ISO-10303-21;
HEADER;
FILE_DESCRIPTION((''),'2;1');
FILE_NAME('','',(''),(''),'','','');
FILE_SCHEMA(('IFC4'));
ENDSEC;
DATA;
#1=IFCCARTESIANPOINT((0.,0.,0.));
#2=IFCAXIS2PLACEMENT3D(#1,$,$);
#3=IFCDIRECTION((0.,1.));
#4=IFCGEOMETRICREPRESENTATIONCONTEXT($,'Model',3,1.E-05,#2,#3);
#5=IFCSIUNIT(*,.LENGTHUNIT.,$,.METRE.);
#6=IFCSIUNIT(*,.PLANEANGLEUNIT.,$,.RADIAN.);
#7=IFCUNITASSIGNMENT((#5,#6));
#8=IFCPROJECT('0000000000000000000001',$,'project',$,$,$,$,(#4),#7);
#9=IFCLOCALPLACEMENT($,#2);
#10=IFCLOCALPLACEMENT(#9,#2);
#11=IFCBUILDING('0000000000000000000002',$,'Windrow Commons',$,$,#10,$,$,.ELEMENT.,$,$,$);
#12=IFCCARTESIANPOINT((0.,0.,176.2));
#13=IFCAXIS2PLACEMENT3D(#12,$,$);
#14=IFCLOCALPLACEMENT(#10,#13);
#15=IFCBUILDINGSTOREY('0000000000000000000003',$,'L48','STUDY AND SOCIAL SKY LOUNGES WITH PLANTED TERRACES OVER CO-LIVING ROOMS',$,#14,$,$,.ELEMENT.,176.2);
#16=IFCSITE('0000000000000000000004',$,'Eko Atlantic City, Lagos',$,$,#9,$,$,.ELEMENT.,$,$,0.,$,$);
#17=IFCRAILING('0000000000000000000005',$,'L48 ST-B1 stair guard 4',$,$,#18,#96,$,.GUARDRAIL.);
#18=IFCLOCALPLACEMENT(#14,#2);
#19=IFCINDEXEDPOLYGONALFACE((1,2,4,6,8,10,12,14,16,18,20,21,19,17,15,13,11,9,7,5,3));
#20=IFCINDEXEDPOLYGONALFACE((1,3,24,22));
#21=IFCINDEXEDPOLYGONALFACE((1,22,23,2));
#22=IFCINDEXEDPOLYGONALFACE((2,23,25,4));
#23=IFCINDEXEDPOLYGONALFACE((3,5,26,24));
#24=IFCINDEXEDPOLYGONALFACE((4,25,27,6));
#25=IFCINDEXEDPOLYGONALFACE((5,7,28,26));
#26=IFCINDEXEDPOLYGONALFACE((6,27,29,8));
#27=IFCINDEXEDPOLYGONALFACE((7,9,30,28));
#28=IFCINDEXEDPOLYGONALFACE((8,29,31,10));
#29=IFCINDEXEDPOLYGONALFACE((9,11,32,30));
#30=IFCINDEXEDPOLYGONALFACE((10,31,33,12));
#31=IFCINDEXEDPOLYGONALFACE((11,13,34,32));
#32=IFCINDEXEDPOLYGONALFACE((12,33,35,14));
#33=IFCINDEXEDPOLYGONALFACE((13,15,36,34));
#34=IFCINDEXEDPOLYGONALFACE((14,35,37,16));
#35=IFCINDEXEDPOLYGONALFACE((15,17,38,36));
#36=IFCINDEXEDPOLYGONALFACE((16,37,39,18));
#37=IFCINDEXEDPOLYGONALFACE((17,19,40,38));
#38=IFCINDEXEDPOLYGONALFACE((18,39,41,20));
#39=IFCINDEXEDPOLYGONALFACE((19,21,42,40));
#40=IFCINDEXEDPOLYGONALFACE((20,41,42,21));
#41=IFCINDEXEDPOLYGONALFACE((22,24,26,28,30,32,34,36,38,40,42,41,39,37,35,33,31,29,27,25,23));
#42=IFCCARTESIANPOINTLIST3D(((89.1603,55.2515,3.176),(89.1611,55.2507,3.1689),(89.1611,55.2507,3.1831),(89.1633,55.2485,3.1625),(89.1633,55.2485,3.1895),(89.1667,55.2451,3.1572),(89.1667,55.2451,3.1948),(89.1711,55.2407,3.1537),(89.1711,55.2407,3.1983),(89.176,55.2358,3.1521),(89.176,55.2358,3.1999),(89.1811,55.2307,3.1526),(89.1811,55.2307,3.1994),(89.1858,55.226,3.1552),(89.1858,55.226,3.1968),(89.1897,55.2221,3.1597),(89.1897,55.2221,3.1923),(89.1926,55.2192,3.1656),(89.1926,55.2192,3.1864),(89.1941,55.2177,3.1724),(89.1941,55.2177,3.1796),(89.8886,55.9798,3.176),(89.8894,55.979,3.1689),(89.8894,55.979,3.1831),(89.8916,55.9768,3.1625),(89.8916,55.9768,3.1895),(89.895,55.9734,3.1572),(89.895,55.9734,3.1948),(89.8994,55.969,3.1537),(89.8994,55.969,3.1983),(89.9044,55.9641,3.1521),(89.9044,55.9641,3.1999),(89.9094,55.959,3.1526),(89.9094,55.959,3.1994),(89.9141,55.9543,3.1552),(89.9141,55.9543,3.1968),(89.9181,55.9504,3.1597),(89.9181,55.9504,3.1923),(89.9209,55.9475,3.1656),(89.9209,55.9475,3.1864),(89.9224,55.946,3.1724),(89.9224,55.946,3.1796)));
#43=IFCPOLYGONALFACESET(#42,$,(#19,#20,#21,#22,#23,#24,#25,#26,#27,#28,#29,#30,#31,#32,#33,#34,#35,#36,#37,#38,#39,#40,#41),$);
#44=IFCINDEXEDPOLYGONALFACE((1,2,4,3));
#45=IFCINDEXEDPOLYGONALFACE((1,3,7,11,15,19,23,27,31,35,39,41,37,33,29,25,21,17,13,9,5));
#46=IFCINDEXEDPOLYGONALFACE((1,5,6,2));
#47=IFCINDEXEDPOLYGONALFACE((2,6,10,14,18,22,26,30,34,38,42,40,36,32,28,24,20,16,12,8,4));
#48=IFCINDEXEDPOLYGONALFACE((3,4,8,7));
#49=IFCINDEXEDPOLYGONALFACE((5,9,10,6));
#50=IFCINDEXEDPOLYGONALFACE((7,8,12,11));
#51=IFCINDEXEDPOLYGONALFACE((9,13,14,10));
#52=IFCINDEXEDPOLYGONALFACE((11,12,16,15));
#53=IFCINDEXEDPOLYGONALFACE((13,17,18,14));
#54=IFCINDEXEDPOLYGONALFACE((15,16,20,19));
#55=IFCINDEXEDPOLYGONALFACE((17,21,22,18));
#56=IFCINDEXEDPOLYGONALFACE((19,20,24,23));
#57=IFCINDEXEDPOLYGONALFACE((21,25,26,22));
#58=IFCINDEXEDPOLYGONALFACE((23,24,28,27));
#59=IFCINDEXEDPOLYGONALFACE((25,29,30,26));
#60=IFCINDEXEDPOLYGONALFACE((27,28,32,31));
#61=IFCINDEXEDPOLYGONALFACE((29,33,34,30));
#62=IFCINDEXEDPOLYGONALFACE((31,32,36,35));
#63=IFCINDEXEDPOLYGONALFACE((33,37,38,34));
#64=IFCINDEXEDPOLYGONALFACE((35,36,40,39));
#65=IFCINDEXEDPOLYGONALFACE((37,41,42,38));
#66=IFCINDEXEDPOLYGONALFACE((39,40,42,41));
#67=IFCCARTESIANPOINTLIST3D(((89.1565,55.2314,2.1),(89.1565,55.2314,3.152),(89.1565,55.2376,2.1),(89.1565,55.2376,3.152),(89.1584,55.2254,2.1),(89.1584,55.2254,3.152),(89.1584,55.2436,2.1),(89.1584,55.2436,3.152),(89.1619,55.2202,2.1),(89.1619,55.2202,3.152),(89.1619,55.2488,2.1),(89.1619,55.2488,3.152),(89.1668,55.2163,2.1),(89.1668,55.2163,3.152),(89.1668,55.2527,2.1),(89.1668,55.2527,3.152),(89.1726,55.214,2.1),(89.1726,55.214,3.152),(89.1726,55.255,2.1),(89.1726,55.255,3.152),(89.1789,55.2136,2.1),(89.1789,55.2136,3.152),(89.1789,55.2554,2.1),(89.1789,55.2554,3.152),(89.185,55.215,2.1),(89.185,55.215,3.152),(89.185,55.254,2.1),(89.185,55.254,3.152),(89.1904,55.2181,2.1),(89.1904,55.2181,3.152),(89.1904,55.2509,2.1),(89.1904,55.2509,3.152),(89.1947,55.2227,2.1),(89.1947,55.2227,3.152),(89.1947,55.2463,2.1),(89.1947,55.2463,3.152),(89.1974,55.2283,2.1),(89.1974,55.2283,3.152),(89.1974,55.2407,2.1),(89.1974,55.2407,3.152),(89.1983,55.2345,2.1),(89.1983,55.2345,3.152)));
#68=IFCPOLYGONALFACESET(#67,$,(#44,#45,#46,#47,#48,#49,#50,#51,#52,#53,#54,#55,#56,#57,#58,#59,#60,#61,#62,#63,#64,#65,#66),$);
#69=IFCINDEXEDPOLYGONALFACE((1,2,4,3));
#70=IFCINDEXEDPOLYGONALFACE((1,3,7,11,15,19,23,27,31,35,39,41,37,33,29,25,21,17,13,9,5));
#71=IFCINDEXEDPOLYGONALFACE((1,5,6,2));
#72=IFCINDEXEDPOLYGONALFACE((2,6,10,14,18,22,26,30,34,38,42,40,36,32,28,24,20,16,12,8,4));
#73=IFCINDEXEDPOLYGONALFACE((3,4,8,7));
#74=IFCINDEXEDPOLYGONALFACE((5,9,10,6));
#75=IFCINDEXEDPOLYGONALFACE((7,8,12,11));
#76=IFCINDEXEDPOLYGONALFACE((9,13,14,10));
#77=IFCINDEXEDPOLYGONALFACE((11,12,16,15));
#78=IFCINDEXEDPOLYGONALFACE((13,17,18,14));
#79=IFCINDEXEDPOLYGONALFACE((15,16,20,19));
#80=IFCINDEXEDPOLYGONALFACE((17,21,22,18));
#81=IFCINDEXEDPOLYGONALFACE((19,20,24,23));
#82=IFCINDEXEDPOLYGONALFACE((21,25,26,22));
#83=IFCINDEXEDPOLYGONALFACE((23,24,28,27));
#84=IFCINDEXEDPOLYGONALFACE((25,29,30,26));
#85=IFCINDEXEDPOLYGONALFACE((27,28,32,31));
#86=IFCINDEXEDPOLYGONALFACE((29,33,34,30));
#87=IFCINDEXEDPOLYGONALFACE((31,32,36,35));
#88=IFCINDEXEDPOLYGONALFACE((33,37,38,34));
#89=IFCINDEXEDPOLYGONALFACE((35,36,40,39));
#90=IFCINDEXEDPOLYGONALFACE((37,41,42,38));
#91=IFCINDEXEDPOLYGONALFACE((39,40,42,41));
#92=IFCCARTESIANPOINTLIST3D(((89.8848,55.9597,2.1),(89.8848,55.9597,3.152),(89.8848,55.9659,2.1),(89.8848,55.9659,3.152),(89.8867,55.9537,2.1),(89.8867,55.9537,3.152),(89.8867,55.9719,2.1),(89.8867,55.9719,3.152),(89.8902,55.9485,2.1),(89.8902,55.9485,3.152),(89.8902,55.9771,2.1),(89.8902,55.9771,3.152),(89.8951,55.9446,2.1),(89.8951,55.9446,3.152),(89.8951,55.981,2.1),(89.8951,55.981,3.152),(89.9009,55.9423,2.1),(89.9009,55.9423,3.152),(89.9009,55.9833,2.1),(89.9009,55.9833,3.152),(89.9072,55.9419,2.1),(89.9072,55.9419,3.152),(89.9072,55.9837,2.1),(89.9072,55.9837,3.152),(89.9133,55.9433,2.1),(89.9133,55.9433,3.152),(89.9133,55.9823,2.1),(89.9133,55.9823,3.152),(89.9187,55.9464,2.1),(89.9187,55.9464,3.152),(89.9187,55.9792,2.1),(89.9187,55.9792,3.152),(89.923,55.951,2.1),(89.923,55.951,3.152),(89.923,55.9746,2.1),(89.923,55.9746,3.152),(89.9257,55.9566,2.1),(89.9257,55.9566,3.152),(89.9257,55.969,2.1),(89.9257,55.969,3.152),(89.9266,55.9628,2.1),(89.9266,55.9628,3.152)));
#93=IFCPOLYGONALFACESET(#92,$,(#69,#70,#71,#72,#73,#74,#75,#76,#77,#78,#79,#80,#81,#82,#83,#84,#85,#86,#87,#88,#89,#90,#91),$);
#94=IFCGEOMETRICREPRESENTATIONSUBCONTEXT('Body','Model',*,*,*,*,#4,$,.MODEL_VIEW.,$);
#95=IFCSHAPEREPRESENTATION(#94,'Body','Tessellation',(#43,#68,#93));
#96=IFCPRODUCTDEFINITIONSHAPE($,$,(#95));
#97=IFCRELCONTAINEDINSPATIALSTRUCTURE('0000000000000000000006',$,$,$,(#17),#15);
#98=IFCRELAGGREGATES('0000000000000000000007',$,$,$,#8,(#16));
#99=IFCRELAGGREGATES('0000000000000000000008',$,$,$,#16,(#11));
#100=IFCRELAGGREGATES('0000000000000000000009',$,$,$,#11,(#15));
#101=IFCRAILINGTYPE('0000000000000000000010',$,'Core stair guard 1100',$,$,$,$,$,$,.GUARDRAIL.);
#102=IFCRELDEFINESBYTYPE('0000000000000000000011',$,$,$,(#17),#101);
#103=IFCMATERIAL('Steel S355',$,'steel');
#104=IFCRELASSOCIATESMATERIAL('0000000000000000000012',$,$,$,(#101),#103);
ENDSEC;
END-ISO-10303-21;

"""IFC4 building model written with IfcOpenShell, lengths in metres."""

from ifc_helpers import new_model, si_unit, direction, frame, origin, origin_2d, place, context, subcontext, project, spatial, circle, extrude, material, type_object, element, save


model = new_model("IFC4")

# Units and contexts
model_context = context("Model", 3, precision=1e-05, world=origin(), true_north=direction((0.0, 1.0)))
body_context = subcontext(model_context, "Body", "Model", "MODEL_VIEW")
ifc_project = project(units=[si_unit("LENGTHUNIT", "METRE"), si_unit("PLANEANGLEUNIT", "RADIAN")], contexts=[model_context])

# Site, building, storey
site_placement = place(None, origin())
site = spatial("IfcSite", under=ifc_project, at=site_placement, Name="Eko Atlantic City, Lagos", CompositionType="ELEMENT", RefElevation=0.0)
building_placement = place(site_placement, origin())
building = spatial("IfcBuilding", under=site, at=building_placement, Name="Windrow Commons", CompositionType="ELEMENT")
storey_placement = place(building_placement, frame((0.0, 0.0, 176.2)))
storey = spatial("IfcBuildingStorey", under=building, at=storey_placement, Name="L48", Description="STUDY AND SOCIAL SKY LOUNGES WITH PLANTED TERRACES OVER CO-LIVING ROOMS", CompositionType="ELEMENT", Elevation=176.2)

# Railing
ifc_material_1 = material(Name="Steel S355", Category="steel")
railing_type_1 = type_object("IfcRailingType", Name="Core stair guard 1100", PredefinedType="GUARDRAIL", material=ifc_material_1)
railing_1_placement = place(storey_placement, frame((89.1773, 55.2345, 2.1)))
element("IfcRailing", 1, at=railing_1_placement, inside=storey, type_object=railing_type_1, Name="L48 ST-B1 stair guard 4", PredefinedType="GUARDRAIL", context=body_context, shape_type="SweptSolid", body=[
    extrude(circle(Radius=0.024, at=origin_2d()), frame((0.0, 0.0, 1.076), z_axis=(0.707107, 0.707107, 0.0), x_axis=(-0.707107, 0.707107, 0.0)), (0.0, 0.0, 1.0), 1.03),
    extrude(circle(Radius=0.021, at=origin_2d()), origin(), (0.0, 0.0, 1.0), 1.052),
    extrude(circle(Radius=0.021, at=origin_2d()), frame((0.7283, 0.7283, 0.0)), (0.0, 0.0, 1.0), 1.052),
])

save(model, "model.ifc")
